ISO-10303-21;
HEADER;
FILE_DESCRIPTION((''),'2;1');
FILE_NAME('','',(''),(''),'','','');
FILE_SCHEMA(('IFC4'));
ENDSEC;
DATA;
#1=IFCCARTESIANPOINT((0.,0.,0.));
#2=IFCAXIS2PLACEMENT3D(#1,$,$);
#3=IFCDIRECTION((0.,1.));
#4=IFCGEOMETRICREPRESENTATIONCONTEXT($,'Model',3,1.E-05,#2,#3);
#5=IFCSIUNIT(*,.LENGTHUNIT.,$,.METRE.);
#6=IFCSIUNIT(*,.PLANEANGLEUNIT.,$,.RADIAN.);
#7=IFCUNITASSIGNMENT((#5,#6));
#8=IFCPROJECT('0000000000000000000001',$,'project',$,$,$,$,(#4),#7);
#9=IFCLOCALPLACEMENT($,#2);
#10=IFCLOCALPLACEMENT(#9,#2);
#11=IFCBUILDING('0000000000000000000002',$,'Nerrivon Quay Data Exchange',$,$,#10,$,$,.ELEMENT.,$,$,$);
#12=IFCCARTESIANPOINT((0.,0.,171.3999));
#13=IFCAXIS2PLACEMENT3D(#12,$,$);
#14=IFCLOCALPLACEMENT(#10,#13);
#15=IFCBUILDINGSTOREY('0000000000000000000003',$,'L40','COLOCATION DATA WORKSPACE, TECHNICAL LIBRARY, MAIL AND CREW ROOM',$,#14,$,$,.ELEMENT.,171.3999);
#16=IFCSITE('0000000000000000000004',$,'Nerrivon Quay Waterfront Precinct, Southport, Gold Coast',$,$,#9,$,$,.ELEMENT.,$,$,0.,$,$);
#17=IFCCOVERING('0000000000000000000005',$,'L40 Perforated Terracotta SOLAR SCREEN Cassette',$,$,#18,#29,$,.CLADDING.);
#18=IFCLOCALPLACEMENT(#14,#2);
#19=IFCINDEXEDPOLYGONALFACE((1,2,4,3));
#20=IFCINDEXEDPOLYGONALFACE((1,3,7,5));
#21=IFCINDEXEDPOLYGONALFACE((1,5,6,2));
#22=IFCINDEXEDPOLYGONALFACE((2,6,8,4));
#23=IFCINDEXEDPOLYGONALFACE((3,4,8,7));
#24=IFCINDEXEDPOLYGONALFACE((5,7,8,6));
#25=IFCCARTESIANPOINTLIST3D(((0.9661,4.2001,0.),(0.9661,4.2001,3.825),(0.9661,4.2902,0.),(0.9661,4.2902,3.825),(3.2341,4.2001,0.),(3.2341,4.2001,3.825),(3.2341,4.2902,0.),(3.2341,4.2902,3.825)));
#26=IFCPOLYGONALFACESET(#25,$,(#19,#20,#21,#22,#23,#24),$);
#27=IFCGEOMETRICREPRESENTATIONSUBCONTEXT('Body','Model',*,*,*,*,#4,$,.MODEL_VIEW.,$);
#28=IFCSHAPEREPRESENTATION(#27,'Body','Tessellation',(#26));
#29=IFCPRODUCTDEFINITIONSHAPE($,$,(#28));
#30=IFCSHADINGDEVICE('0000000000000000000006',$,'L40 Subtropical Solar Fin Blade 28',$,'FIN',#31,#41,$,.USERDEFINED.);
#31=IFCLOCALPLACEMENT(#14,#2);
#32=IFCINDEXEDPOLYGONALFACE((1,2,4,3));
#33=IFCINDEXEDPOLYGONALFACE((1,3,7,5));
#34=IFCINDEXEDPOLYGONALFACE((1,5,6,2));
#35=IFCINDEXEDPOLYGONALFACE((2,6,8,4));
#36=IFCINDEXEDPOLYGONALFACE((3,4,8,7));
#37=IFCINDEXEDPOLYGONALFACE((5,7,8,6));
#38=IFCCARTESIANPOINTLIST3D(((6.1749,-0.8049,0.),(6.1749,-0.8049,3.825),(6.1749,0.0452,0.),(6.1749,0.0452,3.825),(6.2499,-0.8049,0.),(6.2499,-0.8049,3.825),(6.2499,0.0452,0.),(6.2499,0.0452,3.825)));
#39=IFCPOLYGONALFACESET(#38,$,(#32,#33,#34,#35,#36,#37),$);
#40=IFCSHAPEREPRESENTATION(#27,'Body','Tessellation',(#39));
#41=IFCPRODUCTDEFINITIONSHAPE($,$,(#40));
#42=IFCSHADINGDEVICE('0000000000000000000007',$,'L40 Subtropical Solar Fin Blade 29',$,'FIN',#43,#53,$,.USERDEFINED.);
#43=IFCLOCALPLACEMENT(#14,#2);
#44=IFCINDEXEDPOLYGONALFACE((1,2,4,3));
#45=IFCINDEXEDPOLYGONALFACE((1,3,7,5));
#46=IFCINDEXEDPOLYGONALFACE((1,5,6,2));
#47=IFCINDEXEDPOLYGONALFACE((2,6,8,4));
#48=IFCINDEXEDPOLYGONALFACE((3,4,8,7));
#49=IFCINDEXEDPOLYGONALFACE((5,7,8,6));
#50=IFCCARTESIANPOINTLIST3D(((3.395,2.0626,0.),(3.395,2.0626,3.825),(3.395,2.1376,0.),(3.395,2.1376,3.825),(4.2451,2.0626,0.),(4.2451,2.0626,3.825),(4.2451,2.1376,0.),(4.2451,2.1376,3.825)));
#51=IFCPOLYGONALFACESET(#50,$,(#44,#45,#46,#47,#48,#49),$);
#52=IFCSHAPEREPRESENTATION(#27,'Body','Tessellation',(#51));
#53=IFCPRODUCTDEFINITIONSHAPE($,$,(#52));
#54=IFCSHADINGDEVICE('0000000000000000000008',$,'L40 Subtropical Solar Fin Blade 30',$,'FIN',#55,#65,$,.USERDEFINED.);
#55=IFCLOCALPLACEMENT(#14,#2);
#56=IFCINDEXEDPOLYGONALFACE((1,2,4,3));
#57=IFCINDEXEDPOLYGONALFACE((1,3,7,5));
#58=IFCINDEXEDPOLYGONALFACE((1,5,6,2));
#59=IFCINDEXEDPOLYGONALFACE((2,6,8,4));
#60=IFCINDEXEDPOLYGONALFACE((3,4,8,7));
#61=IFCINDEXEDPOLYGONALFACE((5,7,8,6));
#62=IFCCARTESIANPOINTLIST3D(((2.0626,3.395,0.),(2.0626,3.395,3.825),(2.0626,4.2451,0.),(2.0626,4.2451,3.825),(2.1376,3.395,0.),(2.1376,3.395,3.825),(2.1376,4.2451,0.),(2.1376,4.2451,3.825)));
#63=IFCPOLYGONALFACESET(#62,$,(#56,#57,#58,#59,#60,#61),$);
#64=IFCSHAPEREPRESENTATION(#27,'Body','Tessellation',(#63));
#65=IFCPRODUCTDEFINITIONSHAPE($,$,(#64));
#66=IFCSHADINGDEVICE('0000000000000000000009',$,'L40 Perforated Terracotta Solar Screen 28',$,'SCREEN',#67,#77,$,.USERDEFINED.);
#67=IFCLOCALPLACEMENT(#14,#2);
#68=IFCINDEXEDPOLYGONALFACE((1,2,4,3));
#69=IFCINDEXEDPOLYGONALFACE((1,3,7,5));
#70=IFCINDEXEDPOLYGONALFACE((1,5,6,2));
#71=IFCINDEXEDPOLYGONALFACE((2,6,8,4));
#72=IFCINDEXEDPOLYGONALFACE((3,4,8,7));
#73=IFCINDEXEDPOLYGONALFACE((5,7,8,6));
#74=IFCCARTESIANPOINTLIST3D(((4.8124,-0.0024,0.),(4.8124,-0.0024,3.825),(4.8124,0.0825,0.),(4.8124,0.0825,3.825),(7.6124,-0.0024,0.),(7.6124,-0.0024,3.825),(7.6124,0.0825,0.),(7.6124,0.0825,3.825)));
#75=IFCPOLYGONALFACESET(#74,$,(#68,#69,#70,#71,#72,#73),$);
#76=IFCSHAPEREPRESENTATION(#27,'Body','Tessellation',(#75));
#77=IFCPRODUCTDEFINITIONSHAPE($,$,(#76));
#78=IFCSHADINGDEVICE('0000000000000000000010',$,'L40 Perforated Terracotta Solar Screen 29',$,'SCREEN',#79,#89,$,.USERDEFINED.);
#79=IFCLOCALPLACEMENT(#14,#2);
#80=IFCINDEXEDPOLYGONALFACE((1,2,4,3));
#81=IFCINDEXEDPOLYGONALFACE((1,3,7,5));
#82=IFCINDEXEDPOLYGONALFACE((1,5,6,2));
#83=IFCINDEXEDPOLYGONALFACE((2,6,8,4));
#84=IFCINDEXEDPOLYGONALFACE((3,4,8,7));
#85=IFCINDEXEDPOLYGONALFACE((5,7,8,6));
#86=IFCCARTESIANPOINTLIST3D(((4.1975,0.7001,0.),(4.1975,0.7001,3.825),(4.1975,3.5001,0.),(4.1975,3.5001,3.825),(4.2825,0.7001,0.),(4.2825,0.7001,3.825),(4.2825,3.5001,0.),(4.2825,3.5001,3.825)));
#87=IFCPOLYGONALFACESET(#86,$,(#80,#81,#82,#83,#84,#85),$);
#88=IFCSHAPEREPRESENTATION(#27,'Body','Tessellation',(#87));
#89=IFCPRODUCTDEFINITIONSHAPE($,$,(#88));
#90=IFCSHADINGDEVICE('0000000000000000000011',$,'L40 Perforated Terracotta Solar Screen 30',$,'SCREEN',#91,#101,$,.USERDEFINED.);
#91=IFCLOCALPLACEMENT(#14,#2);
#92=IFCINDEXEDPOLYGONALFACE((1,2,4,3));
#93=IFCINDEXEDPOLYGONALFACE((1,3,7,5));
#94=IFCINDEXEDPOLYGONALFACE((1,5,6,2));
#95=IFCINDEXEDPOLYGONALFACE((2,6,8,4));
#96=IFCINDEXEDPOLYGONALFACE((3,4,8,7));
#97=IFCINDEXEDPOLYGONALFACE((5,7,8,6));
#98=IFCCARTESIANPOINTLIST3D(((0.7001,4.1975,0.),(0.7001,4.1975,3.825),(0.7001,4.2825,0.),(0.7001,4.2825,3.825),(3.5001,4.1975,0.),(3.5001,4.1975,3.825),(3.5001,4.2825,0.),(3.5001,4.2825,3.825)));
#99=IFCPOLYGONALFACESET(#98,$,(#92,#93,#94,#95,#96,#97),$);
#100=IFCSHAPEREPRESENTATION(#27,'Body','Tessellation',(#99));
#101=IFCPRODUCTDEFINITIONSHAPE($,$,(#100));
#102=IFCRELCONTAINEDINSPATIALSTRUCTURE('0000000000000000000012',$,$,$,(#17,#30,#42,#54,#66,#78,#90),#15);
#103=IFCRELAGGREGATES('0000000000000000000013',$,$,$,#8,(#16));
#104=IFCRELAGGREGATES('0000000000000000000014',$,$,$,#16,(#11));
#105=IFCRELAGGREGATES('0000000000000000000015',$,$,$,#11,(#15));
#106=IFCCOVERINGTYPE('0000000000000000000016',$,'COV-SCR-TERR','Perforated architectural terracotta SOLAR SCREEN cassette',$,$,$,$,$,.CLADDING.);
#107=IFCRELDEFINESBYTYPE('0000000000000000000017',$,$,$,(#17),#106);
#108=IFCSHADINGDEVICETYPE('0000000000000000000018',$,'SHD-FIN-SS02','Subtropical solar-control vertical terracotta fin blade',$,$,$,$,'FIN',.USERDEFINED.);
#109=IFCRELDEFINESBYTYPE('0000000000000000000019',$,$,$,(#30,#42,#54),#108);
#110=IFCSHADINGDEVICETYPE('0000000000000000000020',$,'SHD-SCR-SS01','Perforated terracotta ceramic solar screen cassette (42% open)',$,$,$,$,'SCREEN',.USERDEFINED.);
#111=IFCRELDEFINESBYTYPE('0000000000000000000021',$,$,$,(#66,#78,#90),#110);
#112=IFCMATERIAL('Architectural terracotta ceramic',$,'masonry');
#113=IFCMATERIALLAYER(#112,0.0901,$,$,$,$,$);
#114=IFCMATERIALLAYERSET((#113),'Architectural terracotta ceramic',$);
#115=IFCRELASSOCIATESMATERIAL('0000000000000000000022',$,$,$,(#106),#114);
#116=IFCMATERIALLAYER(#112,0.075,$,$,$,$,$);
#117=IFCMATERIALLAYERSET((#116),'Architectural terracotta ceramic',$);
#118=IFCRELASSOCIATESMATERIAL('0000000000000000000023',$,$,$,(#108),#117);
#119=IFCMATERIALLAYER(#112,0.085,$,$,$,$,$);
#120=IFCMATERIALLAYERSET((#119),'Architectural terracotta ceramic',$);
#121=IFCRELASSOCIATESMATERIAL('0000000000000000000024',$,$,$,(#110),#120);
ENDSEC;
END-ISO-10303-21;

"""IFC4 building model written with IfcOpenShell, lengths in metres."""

from ifc_helpers import new_model, si_unit, direction, frame, origin, origin_2d, place, context, subcontext, project, spatial, rectangle, extrude, material, layer, layer_set, type_object, element, save


model = new_model("IFC4")

# Units and contexts
model_context = context("Model", 3, precision=1e-05, world=origin(), true_north=direction((0.0, 1.0)))
body_context = subcontext(model_context, "Body", "Model", "MODEL_VIEW")
ifc_project = project(units=[si_unit("LENGTHUNIT", "METRE"), si_unit("PLANEANGLEUNIT", "RADIAN")], contexts=[model_context])

# Site, building, storey
site_placement = place(None, origin())
site = spatial("IfcSite", under=ifc_project, at=site_placement, Name="Nerrivon Quay Waterfront Precinct, Southport, Gold Coast", CompositionType="ELEMENT", RefElevation=0.0)
building_placement = place(site_placement, origin())
building = spatial("IfcBuilding", under=site, at=building_placement, Name="Nerrivon Quay Data Exchange", CompositionType="ELEMENT")
storey_placement = place(building_placement, frame((0.0, 0.0, 171.3999)))
storey = spatial("IfcBuildingStorey", under=building, at=storey_placement, Name="L40", Description="COLOCATION DATA WORKSPACE, TECHNICAL LIBRARY, MAIL AND CREW ROOM", CompositionType="ELEMENT", Elevation=171.3999)

# Covering
ifc_material_1 = material(Name="Architectural terracotta ceramic", Category="masonry")
ifc_layer_1 = layer(ifc_material_1, 0.0901)
ifc_layer_set_1 = layer_set([ifc_layer_1], Name="Architectural terracotta ceramic")
covering_type = type_object("IfcCoveringType", Name="COV-SCR-TERR", Description="Perforated architectural terracotta SOLAR SCREEN cassette", PredefinedType="CLADDING", material=ifc_layer_set_1)
for number, where, z_axis, x_axis, name in (
    (1, (2.1001, 4.2451, 0.0), (0.0, 0.0, 1.0), (-1.0, 0.0, 0.0), "L40 Perforated Terracotta SOLAR SCREEN Cassette"),
):
    element("IfcCovering", number, at=place(storey_placement, frame(where, z_axis=z_axis, x_axis=x_axis)), inside=storey, type_object=covering_type, Name=name, PredefinedType="CLADDING", context=body_context, shape_type="SweptSolid", body=[
        extrude(rectangle(XDim=2.2681, YDim=0.0901, at=origin_2d()), origin(), (0.0, 0.0, 1.0), 3.825),
    ])

# Shading devices
ifc_layer_2 = layer(ifc_material_1, 0.075)
ifc_layer_set_2 = layer_set([ifc_layer_2], Name="Architectural terracotta ceramic")
shading_device_type_1 = type_object("IfcShadingDeviceType", Name="SHD-FIN-SS02", Description="Subtropical solar-control vertical terracotta fin blade", ElementType="FIN", PredefinedType="USERDEFINED", material=ifc_layer_set_2)
for number, where, z_axis, x_axis, name in (
    (2, (6.2124, -0.3799, 0.0), (0.0, 0.0, 1.0), (-1.0, 0.0, 0.0), "L40 Subtropical Solar Fin Blade 28"),
    (3, (3.8201, 2.1001, 0.0), (0.0, 0.0, 1.0), (0.0, 1.0, 0.0), "L40 Subtropical Solar Fin Blade 29"),
    (4, (2.1001, 3.8201, 0.0), (0.0, 0.0, 1.0), (-1.0, 0.0, 0.0), "L40 Subtropical Solar Fin Blade 30"),
):
    element("IfcShadingDevice", number, at=place(storey_placement, frame(where, z_axis=z_axis, x_axis=x_axis)), inside=storey, type_object=shading_device_type_1, Name=name, ObjectType="FIN", PredefinedType="USERDEFINED", context=body_context, shape_type="SweptSolid", body=[
        extrude(rectangle(XDim=0.075, YDim=0.8501, at=origin_2d()), origin(), (0.0, 0.0, 1.0), 3.825),
    ])
ifc_layer_3 = layer(ifc_material_1, 0.085)
ifc_layer_set_3 = layer_set([ifc_layer_3], Name="Architectural terracotta ceramic")
shading_device_type_2 = type_object("IfcShadingDeviceType", Name="SHD-SCR-SS01", Description="Perforated terracotta ceramic solar screen cassette (42% open)", ElementType="SCREEN", PredefinedType="USERDEFINED", material=ifc_layer_set_3)
for number, where, z_axis, x_axis, name in (
    (5, (6.2124, 0.04, 0.0), (0.0, 0.0, 1.0), (-1.0, 0.0, 0.0), "L40 Perforated Terracotta Solar Screen 28"),
    (6, (4.24, 2.1001, 0.0), (0.0, 0.0, 1.0), (0.0, 1.0, 0.0), "L40 Perforated Terracotta Solar Screen 29"),
    (7, (2.1001, 4.24, 0.0), (0.0, 0.0, 1.0), (-1.0, 0.0, 0.0), "L40 Perforated Terracotta Solar Screen 30"),
):
    element("IfcShadingDevice", number, at=place(storey_placement, frame(where, z_axis=z_axis, x_axis=x_axis)), inside=storey, type_object=shading_device_type_2, Name=name, ObjectType="SCREEN", PredefinedType="USERDEFINED", context=body_context, shape_type="SweptSolid", body=[
        extrude(rectangle(XDim=2.8, YDim=0.085, at=origin_2d()), origin(), (0.0, 0.0, 1.0), 3.825),
    ])

save(model, "model.ifc")
